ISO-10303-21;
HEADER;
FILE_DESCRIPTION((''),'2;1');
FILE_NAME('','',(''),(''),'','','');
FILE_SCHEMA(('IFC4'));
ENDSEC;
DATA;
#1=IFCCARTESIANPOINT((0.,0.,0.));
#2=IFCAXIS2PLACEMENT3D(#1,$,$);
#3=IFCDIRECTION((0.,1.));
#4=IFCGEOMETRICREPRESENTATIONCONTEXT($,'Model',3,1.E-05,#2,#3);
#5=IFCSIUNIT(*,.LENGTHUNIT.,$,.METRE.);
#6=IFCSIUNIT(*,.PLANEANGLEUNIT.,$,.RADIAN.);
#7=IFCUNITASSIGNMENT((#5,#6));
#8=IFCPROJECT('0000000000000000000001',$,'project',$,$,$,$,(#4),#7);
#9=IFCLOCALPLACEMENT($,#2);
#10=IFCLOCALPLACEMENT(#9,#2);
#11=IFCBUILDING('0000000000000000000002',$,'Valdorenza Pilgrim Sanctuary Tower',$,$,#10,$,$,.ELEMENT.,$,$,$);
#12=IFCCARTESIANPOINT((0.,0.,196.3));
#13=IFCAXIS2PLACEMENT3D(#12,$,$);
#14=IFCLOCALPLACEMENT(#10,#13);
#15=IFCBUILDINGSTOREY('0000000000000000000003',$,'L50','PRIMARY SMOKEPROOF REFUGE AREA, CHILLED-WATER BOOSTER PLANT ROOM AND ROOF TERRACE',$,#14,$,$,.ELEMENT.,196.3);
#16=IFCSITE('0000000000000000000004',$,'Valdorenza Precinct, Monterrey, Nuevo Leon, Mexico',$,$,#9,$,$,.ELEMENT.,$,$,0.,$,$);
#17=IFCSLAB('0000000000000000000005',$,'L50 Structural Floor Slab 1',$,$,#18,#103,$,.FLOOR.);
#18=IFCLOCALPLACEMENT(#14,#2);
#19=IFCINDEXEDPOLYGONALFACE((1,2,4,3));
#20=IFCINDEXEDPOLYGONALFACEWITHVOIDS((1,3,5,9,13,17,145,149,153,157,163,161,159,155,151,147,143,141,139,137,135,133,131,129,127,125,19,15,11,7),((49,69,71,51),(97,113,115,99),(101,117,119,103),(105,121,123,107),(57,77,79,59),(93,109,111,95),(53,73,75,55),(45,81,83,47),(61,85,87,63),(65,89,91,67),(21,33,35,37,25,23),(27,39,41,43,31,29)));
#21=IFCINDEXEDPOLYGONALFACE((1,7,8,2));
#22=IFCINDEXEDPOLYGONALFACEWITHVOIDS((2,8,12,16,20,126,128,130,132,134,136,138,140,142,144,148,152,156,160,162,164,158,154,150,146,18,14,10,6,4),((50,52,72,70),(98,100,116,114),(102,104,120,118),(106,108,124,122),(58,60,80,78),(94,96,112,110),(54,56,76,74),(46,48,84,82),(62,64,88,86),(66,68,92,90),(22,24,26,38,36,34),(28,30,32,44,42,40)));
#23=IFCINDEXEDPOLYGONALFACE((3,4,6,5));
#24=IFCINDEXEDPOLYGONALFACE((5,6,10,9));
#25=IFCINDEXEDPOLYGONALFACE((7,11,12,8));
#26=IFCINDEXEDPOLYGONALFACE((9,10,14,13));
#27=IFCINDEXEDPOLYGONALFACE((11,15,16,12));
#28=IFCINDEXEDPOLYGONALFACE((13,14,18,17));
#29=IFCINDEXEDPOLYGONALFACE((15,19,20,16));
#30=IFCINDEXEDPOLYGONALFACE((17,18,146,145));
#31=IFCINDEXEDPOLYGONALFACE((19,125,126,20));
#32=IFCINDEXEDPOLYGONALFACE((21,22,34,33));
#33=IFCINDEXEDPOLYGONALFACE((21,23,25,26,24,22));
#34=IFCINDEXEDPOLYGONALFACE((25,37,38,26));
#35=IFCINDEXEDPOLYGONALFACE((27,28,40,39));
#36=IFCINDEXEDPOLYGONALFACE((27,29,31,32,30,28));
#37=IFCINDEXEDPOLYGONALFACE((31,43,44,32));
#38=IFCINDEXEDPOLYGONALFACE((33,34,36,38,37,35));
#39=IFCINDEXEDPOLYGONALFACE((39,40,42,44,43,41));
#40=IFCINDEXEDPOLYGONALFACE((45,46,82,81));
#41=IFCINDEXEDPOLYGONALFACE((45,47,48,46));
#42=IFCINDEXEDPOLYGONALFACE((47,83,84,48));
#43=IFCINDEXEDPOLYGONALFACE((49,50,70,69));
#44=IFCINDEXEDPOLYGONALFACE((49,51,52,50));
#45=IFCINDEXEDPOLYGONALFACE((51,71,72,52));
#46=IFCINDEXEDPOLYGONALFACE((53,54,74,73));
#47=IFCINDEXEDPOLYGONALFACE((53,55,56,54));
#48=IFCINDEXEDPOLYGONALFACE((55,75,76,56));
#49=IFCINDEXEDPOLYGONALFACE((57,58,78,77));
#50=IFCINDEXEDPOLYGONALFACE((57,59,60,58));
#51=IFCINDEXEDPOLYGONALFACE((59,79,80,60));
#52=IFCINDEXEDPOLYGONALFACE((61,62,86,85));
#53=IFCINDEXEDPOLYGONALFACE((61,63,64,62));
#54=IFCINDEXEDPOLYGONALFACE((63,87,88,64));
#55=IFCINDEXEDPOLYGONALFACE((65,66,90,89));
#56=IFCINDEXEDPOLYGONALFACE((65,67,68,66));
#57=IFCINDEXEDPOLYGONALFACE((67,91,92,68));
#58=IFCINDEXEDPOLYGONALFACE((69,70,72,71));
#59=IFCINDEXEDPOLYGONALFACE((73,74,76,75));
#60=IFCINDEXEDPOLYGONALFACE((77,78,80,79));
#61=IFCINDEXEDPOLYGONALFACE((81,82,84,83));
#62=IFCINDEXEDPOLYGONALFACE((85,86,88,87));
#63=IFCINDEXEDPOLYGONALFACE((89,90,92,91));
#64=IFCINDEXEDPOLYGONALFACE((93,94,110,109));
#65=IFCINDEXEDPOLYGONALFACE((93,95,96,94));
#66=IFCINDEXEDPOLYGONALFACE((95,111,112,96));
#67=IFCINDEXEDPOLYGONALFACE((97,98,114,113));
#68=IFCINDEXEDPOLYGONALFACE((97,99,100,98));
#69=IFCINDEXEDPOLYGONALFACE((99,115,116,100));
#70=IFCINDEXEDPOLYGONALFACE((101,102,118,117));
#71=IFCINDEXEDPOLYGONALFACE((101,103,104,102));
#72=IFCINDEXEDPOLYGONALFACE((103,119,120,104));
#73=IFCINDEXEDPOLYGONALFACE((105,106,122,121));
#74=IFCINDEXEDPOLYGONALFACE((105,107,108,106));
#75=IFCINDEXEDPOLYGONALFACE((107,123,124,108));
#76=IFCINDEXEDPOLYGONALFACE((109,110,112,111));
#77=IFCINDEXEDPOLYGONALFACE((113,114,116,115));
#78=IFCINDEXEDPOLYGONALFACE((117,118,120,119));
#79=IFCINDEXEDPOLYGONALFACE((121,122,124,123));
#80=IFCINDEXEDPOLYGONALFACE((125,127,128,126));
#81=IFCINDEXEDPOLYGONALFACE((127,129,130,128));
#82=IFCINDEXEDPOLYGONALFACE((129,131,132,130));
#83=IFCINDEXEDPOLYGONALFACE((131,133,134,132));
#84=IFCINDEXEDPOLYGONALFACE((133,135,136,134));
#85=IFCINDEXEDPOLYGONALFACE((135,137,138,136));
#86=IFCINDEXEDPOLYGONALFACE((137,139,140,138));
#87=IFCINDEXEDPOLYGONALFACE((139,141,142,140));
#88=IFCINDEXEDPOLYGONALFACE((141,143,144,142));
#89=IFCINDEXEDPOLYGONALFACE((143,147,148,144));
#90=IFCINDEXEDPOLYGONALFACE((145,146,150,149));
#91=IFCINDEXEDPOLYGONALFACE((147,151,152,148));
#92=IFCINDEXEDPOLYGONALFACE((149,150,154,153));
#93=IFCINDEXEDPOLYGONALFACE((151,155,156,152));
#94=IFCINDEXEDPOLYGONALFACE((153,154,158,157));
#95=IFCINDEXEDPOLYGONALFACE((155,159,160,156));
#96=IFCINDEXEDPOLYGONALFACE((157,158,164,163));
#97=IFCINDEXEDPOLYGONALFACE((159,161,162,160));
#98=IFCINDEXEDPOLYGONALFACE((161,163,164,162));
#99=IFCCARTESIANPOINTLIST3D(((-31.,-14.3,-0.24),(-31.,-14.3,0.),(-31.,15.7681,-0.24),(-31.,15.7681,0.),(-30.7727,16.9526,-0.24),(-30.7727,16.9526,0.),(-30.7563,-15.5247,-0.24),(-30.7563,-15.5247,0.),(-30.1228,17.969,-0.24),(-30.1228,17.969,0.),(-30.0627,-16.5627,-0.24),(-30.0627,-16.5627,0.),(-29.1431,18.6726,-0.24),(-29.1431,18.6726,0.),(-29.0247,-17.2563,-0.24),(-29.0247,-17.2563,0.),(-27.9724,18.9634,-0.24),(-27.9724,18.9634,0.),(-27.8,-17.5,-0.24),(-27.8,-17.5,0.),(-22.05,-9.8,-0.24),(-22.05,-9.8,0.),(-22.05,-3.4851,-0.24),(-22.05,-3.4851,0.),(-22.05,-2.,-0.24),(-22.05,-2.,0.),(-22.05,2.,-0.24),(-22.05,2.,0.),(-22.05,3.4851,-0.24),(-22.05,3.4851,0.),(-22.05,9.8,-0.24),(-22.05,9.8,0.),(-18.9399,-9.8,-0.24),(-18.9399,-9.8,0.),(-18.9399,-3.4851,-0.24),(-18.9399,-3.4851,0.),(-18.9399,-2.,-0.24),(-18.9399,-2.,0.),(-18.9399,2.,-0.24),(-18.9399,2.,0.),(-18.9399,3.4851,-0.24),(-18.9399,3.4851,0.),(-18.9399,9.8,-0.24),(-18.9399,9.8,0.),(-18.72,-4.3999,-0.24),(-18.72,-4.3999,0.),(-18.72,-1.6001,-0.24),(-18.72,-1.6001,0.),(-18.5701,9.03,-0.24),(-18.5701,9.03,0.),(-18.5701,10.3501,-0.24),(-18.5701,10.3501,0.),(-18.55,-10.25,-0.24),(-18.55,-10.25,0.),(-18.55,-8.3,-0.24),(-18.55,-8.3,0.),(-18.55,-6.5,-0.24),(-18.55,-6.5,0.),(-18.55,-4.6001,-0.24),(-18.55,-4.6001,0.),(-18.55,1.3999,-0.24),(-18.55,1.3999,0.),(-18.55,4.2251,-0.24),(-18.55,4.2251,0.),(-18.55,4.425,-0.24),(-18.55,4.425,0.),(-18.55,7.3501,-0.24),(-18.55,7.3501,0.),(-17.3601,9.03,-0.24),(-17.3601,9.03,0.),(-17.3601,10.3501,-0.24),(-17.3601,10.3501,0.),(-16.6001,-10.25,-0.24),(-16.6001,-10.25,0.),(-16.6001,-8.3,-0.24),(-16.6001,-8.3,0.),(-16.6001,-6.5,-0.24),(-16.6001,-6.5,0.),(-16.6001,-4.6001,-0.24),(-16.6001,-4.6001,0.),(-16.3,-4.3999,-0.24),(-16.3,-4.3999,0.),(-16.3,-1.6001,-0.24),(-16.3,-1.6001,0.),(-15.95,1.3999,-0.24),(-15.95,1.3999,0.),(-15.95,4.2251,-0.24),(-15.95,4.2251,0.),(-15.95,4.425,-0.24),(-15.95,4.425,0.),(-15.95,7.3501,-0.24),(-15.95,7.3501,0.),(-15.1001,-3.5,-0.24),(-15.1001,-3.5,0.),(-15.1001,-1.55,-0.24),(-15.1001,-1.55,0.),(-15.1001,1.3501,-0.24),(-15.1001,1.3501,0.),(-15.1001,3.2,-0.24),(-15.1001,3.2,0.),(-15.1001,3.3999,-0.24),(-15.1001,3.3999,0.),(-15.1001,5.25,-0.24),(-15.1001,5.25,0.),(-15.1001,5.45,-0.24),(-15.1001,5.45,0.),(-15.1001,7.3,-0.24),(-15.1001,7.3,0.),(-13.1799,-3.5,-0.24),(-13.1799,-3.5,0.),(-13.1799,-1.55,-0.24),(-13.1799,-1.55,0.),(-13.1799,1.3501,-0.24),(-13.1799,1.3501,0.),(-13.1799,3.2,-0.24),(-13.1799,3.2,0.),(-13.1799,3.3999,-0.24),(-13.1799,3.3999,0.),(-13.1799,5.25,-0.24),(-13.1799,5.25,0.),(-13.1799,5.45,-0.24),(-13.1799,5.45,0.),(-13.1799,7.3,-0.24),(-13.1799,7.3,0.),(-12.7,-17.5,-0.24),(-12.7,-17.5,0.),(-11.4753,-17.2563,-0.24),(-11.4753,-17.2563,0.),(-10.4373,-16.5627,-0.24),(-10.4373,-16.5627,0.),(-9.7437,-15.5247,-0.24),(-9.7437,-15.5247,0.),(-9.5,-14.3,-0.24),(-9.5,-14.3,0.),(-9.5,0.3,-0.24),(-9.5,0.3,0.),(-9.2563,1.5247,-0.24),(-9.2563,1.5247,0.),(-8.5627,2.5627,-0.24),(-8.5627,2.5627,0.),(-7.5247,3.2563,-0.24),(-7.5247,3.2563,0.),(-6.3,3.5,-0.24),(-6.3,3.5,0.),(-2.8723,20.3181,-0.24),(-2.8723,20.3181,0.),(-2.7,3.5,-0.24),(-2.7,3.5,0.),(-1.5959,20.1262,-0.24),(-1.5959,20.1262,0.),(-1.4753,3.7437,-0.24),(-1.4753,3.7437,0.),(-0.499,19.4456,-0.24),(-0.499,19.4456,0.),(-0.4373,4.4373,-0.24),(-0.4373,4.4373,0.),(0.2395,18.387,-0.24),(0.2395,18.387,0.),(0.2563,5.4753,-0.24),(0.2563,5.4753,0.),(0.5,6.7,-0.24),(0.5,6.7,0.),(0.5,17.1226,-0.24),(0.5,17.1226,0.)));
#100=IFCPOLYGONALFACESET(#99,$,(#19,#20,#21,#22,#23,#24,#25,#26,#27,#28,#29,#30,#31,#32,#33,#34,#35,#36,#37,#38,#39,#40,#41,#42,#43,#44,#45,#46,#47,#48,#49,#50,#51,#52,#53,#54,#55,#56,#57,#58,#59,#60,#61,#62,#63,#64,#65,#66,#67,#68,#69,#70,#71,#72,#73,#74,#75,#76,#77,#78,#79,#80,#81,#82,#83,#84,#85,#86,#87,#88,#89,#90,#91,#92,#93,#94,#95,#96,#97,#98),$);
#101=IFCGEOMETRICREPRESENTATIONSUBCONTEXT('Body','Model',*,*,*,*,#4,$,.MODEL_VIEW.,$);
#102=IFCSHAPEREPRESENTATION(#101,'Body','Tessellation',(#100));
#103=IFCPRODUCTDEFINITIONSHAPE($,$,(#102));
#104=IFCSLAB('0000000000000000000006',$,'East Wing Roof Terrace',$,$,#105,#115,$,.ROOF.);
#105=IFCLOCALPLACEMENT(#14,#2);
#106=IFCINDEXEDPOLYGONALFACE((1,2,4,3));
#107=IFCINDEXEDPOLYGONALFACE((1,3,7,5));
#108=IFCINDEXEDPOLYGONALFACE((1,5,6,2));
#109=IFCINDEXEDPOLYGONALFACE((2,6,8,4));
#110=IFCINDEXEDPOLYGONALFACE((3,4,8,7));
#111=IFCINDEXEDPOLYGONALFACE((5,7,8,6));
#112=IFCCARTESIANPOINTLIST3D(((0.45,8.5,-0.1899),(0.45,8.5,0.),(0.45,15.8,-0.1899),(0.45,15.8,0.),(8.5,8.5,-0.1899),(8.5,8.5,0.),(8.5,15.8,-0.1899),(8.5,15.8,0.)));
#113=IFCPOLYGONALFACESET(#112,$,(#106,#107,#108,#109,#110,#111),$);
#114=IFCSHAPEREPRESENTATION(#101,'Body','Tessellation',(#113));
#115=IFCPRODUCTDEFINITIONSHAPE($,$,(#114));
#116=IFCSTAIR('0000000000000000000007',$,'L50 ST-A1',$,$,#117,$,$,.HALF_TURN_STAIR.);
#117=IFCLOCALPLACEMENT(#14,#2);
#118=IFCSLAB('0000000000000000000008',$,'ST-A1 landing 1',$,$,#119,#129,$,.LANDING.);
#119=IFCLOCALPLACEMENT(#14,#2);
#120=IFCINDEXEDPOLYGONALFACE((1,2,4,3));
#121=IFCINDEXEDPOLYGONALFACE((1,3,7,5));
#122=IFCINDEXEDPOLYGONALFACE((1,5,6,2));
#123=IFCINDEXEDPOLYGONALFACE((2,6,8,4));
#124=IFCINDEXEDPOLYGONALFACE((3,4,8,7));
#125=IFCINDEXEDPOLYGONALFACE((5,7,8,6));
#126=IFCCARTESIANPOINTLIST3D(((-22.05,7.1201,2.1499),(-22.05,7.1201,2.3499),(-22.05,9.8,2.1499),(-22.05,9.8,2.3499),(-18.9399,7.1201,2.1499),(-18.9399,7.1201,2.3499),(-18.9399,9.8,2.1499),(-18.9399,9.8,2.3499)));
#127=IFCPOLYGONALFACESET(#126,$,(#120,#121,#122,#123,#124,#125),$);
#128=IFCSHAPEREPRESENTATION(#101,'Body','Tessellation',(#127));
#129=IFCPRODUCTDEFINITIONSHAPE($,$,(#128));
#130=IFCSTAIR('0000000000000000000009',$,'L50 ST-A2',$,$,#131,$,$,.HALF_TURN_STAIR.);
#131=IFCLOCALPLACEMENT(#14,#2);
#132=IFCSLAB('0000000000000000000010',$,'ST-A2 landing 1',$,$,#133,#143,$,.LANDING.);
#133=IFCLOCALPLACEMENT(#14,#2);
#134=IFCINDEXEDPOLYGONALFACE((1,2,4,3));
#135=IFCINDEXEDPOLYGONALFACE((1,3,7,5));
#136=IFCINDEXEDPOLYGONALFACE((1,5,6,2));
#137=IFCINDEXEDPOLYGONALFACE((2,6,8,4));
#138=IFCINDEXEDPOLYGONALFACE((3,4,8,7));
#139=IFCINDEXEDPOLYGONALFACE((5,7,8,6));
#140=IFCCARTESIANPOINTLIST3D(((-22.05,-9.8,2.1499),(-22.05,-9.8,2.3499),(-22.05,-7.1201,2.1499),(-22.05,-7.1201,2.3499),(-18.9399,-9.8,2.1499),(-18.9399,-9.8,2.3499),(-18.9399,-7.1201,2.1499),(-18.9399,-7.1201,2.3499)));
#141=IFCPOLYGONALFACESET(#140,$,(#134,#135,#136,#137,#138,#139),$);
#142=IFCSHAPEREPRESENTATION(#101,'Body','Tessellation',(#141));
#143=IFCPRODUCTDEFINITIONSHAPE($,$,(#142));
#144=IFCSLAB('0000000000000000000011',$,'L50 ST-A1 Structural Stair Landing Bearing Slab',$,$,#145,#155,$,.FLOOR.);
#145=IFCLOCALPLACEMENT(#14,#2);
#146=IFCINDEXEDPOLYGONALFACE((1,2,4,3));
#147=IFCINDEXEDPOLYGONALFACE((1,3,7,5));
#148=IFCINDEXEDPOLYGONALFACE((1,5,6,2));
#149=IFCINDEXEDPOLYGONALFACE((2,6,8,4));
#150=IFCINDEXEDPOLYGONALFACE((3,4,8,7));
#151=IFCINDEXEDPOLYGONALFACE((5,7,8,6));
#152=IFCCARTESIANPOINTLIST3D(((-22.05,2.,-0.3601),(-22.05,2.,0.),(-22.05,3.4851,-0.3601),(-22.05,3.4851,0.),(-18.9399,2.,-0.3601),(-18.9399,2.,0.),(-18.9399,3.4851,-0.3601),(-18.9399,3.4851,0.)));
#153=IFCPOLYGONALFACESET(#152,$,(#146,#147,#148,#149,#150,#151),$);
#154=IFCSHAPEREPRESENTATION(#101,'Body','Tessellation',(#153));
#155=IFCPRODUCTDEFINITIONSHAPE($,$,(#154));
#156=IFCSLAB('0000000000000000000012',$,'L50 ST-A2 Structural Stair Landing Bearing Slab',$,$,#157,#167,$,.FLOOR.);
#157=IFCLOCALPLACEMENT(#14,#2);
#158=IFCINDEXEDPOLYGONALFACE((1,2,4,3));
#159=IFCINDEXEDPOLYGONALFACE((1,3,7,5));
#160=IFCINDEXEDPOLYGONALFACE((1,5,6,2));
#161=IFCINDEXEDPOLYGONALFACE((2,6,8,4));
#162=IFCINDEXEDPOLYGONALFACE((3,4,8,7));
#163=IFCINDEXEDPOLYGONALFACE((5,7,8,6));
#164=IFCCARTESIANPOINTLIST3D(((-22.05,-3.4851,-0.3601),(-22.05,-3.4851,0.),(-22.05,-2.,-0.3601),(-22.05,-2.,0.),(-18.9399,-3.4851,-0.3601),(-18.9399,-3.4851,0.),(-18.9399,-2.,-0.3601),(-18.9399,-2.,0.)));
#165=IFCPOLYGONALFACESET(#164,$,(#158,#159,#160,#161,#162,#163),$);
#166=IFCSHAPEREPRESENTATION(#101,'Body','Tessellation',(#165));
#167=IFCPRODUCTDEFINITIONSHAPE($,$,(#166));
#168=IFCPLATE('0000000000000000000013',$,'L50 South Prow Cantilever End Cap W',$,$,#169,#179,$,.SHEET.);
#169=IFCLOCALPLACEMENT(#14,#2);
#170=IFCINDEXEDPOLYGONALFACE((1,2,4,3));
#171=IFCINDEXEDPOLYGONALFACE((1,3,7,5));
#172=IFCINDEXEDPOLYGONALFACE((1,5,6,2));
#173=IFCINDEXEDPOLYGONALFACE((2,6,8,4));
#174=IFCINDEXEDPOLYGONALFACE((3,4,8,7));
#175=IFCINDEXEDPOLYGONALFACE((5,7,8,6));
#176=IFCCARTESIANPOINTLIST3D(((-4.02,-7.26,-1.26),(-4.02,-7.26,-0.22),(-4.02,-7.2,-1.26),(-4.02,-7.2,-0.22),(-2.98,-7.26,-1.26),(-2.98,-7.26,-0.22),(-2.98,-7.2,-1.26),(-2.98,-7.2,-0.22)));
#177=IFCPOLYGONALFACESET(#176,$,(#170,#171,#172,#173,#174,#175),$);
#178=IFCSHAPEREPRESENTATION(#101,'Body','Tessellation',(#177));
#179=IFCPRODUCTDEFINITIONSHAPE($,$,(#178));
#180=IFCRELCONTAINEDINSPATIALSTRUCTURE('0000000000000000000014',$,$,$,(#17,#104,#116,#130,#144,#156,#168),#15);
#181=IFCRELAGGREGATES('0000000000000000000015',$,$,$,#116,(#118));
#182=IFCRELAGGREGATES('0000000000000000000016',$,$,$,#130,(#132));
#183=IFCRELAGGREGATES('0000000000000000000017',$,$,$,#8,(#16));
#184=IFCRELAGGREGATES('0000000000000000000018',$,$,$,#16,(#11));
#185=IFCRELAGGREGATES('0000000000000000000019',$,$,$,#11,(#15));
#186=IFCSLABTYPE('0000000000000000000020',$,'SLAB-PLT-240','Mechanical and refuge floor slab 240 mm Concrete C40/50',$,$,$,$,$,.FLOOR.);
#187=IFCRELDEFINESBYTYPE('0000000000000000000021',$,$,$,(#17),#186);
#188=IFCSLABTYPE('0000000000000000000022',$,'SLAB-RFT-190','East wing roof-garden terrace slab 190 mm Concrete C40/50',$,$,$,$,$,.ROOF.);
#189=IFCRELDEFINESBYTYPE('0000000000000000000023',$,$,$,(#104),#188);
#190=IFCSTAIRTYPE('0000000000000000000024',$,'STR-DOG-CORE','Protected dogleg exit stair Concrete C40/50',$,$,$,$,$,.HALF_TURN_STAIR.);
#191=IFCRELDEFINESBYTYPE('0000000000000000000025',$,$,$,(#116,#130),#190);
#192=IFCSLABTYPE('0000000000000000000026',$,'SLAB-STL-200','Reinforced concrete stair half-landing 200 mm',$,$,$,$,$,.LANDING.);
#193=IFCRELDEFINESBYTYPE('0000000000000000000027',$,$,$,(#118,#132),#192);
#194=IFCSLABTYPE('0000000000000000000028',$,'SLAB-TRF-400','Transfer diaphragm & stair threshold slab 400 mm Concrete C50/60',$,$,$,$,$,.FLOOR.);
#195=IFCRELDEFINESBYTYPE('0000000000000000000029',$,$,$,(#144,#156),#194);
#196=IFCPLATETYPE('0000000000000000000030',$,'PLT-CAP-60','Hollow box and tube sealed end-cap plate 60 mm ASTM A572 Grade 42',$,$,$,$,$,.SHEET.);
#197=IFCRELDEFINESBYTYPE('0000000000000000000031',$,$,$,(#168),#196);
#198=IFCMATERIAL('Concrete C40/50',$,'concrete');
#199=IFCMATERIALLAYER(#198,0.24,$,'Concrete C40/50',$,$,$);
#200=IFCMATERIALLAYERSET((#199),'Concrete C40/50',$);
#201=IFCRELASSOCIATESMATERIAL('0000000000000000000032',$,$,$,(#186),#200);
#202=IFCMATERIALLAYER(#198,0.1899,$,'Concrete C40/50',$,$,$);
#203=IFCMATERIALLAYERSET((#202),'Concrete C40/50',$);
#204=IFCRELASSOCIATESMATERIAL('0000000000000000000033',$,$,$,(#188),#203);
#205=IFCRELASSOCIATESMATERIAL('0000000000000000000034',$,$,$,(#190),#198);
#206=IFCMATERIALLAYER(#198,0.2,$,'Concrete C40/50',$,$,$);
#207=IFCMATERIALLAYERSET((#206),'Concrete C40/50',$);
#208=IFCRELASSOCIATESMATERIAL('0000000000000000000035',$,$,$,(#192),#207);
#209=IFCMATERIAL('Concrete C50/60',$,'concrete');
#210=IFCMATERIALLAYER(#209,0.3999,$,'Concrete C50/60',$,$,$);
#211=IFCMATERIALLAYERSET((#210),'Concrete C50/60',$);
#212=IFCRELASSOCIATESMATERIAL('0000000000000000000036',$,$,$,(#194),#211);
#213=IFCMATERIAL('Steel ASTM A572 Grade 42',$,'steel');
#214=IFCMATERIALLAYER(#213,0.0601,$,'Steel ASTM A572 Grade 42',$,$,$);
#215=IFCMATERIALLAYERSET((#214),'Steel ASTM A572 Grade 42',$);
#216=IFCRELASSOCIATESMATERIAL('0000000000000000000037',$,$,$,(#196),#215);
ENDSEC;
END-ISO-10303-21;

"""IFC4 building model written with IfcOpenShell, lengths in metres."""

from ifc_helpers import new_model, si_unit, direction, frame, origin, origin_2d, place, context, subcontext, project, spatial, polyline, rectangle, outline, extrude, source, transform, mapped, material, layer, layer_set, type_object, element, aggregate, save


model = new_model("IFC4")

# Units and contexts
model_context = context("Model", 3, precision=1e-05, world=origin(), true_north=direction((0.0, 1.0)))
body_context = subcontext(model_context, "Body", "Model", "MODEL_VIEW")
ifc_project = project(units=[si_unit("LENGTHUNIT", "METRE"), si_unit("PLANEANGLEUNIT", "RADIAN")], contexts=[model_context])

# Site, building, storey
site_placement = place(None, origin())
site = spatial("IfcSite", under=ifc_project, at=site_placement, Name="Valdorenza Precinct, Monterrey, Nuevo Leon, Mexico", CompositionType="ELEMENT", RefElevation=0.0)
building_placement = place(site_placement, origin())
building = spatial("IfcBuilding", under=site, at=building_placement, Name="Valdorenza Pilgrim Sanctuary Tower", CompositionType="ELEMENT")
storey_placement = place(building_placement, frame((0.0, 0.0, 196.3)))
storey = spatial("IfcBuildingStorey", under=building, at=storey_placement, Name="L50", Description="PRIMARY SMOKEPROOF REFUGE AREA, CHILLED-WATER BOOSTER PLANT ROOM AND ROOF TERRACE", CompositionType="ELEMENT", Elevation=196.3)

# Shared definitions
ifc_material_1 = material(Name="Steel ASTM A572 Grade 42", Category="steel")

# Slabs
ifc_material_2 = material(Name="Concrete C40/50", Category="concrete")
ifc_layer_1 = layer(ifc_material_2, 0.24, Name="Concrete C40/50")
ifc_layer_set_1 = layer_set([ifc_layer_1], Name="Concrete C40/50")
slab_type_1 = type_object("IfcSlabType", Name="SLAB-PLT-240", Description="Mechanical and refuge floor slab 240 mm Concrete C40/50", PredefinedType="FLOOR", material=ifc_layer_set_1)
slab_1_placement = place(storey_placement, frame((0.0, 0.0, -0.24)))
element("IfcSlab", 1, at=slab_1_placement, inside=storey, type_object=slab_type_1, Name="L50 Structural Floor Slab 1", PredefinedType="FLOOR", context=body_context, shape_type="SweptSolid", body=[
    extrude(outline(polyline([(-31.0, 15.7681), (-30.7727, 16.9526), (-30.1228, 17.969), (-29.1431, 18.6726), (-27.9724, 18.9634), (-2.8723, 20.3181), (-1.5959, 20.1262), (-0.499, 19.4456), (0.2395, 18.387), (0.5, 17.1226), (0.5, 6.7), (0.2563, 5.4753), (-0.4373, 4.4373), (-1.4753, 3.7437), (-2.7, 3.5), (-6.3, 3.5), (-7.5247, 3.2563), (-8.5627, 2.5627), (-9.2563, 1.5247), (-9.5, 0.3), (-9.5, -14.3), (-9.7437, -15.5247), (-10.4373, -16.5627), (-11.4753, -17.2563), (-12.7, -17.5), (-27.8, -17.5), (-29.0247, -17.2563), (-30.0627, -16.5627), (-30.7563, -15.5247), (-31.0, -14.3), (-31.0, 15.7681)]), holes=[polyline([(-16.6001, -8.3), (-18.55, -8.3), (-18.55, -10.25), (-16.6001, -10.25), (-16.6001, -8.3)]), polyline([(-18.9399, -9.8), (-18.9399, -3.4851), (-18.9399, -2.0), (-22.05, -2.0), (-22.05, -3.4851), (-22.05, -9.8), (-18.9399, -9.8)]), polyline([(-16.6001, -6.5), (-16.6001, -4.6001), (-18.55, -4.6001), (-18.55, -6.5), (-16.6001, -6.5)]), polyline([(-22.05, 2.0), (-18.9399, 2.0), (-18.9399, 3.4851), (-18.9399, 9.8), (-22.05, 9.8), (-22.05, 3.4851), (-22.05, 2.0)]), polyline([(-17.3601, 9.03), (-17.3601, 10.3501), (-18.5701, 10.3501), (-18.5701, 9.03), (-17.3601, 9.03)]), polyline([(-16.3, -1.6001), (-18.72, -1.6001), (-18.72, -4.3999), (-16.3, -4.3999), (-16.3, -1.6001)]), polyline([(-13.1799, -3.5), (-13.1799, -1.55), (-15.1001, -1.55), (-15.1001, -3.5), (-13.1799, -3.5)]), polyline([(-13.1799, 1.3501), (-13.1799, 3.2), (-15.1001, 3.2), (-15.1001, 1.3501), (-13.1799, 1.3501)]), polyline([(-15.95, 1.3999), (-15.95, 4.2251), (-18.55, 4.2251), (-18.55, 1.3999), (-15.95, 1.3999)]), polyline([(-13.1799, 3.3999), (-13.1799, 5.25), (-15.1001, 5.25), (-15.1001, 3.3999), (-13.1799, 3.3999)]), polyline([(-15.95, 4.425), (-15.95, 7.3501), (-18.55, 7.3501), (-18.55, 4.425), (-15.95, 4.425)]), polyline([(-13.1799, 5.45), (-13.1799, 7.3), (-15.1001, 7.3), (-15.1001, 5.45), (-13.1799, 5.45)])]), origin(), (0.0, 0.0, 1.0), 0.24),
])
ifc_layer_2 = layer(ifc_material_2, 0.1899, Name="Concrete C40/50")
ifc_layer_set_2 = layer_set([ifc_layer_2], Name="Concrete C40/50")
slab_type_2 = type_object("IfcSlabType", Name="SLAB-RFT-190", Description="East wing roof-garden terrace slab 190 mm Concrete C40/50", PredefinedType="ROOF", material=ifc_layer_set_2)
slab_2_placement = place(storey_placement, frame((0.0, 0.0, -0.1899)))
element("IfcSlab", 2, at=slab_2_placement, inside=storey, type_object=slab_type_2, Name="East Wing Roof Terrace", PredefinedType="ROOF", context=body_context, shape_type="SweptSolid", body=[
    extrude(outline(polyline([(0.45, 8.5), (8.5, 8.5), (8.5, 15.8), (0.45, 15.8), (0.45, 8.5)])), origin(), (0.0, 0.0, 1.0), 0.1899),
])

# Stairs, slabs
stair_type = type_object("IfcStairType", Name="STR-DOG-CORE", Description="Protected dogleg exit stair Concrete C40/50", PredefinedType="HALF_TURN_STAIR", material=ifc_material_2)
stair_1_placement = place(storey_placement, origin())
stair_1 = element("IfcStair", 3, at=stair_1_placement, inside=storey, type_object=stair_type, Name="L50 ST-A1", PredefinedType="HALF_TURN_STAIR")
ifc_layer_3 = layer(ifc_material_2, 0.2, Name="Concrete C40/50")
ifc_layer_set_3 = layer_set([ifc_layer_3], Name="Concrete C40/50")
slab_type_3 = type_object("IfcSlabType", Name="SLAB-STL-200", Description="Reinforced concrete stair half-landing 200 mm", PredefinedType="LANDING", material=ifc_layer_set_3)
slab_3_placement = place(storey_placement, frame((0.0, 0.0, 2.1499)))
slab_3 = element("IfcSlab", 4, at=slab_3_placement, type_object=slab_type_3, Name="ST-A1 landing 1", PredefinedType="LANDING", context=body_context, shape_type="SweptSolid", body=[
    extrude(outline(polyline([(-18.9399, 7.1201), (-18.9399, 9.8), (-22.05, 9.8), (-22.05, 7.1201), (-18.9399, 7.1201)])), origin(), (0.0, 0.0, 1.0), 0.2),
])
aggregate(stair_1, [slab_3])
stair_2_placement = place(storey_placement, origin())
stair_2 = element("IfcStair", 5, at=stair_2_placement, inside=storey, type_object=stair_type, Name="L50 ST-A2", PredefinedType="HALF_TURN_STAIR")
slab_4_placement = place(storey_placement, frame((0.0, 0.0, 2.1499)))
slab_4 = element("IfcSlab", 6, at=slab_4_placement, type_object=slab_type_3, Name="ST-A2 landing 1", PredefinedType="LANDING", context=body_context, shape_type="SweptSolid", body=[
    extrude(outline(polyline([(-22.05, -7.1201), (-22.05, -9.8), (-18.9399, -9.8), (-18.9399, -7.1201), (-22.05, -7.1201)])), origin(), (0.0, 0.0, 1.0), 0.2),
])
aggregate(stair_2, [slab_4])

# Slabs
ifc_material_3 = material(Name="Concrete C50/60", Category="concrete")
ifc_layer_4 = layer(ifc_material_3, 0.3999, Name="Concrete C50/60")
ifc_layer_set_4 = layer_set([ifc_layer_4], Name="Concrete C50/60")
slab_type_4 = type_object("IfcSlabType", Name="SLAB-TRF-400", Description="Transfer diaphragm & stair threshold slab 400 mm Concrete C50/60", PredefinedType="FLOOR", material=ifc_layer_set_4)
slab_5_placement = place(storey_placement, frame((0.0, 0.0, -0.3601)))
element("IfcSlab", 7, at=slab_5_placement, inside=storey, type_object=slab_type_4, Name="L50 ST-A1 Structural Stair Landing Bearing Slab", PredefinedType="FLOOR", context=body_context, shape_type="SweptSolid", body=[
    extrude(outline(polyline([(-22.05, 2.0), (-18.9399, 2.0), (-18.9399, 3.4851), (-22.05, 3.4851), (-22.05, 2.0)])), origin(), (0.0, 0.0, 1.0), 0.3601),
])
slab_6_placement = place(storey_placement, frame((0.0, 0.0, -0.3601)))
element("IfcSlab", 8, at=slab_6_placement, inside=storey, type_object=slab_type_4, Name="L50 ST-A2 Structural Stair Landing Bearing Slab", PredefinedType="FLOOR", context=body_context, shape_type="SweptSolid", body=[
    extrude(outline(polyline([(-22.05, -3.4851), (-18.9399, -3.4851), (-18.9399, -2.0), (-22.05, -2.0), (-22.05, -3.4851)])), origin(), (0.0, 0.0, 1.0), 0.3601),
])

# Plate
ifc_layer_5 = layer(ifc_material_1, 0.0601, Name="Steel ASTM A572 Grade 42")
ifc_layer_set_5 = layer_set([ifc_layer_5], Name="Steel ASTM A572 Grade 42")
plate_type_1 = type_object("IfcPlateType", Name="PLT-CAP-60", Description="Hollow box and tube sealed end-cap plate 60 mm ASTM A572 Grade 42", PredefinedType="SHEET", material=ifc_layer_set_5)
shared_shape_1 = source(origin(), body_context, "Body", "SweptSolid", [
    extrude(rectangle(XDim=1.04, YDim=0.0601, at=origin_2d()), origin(), (0.0, 0.0, 1.0), 1.04),
])
plate_1_placement = place(storey_placement, frame((-3.5, -7.23, -1.26), z_axis=(0.0, 0.0, 1.0), x_axis=(1.0, 0.0, 0.0)))
element("IfcPlate", 9, at=plate_1_placement, inside=storey, type_object=plate_type_1, Name="L50 South Prow Cantilever End Cap W", PredefinedType="SHEET", context=body_context, shape_type="MappedRepresentation", body=[
    mapped(shared_shape_1, transform((0.0, 0.0, 0.0), x_axis=(1.0, 0.0, 0.0), y_axis=(0.0, 1.0, 0.0), z_axis=(0.0, 0.0, 1.0), scale=1.0)),
])

save(model, "model.ifc")
